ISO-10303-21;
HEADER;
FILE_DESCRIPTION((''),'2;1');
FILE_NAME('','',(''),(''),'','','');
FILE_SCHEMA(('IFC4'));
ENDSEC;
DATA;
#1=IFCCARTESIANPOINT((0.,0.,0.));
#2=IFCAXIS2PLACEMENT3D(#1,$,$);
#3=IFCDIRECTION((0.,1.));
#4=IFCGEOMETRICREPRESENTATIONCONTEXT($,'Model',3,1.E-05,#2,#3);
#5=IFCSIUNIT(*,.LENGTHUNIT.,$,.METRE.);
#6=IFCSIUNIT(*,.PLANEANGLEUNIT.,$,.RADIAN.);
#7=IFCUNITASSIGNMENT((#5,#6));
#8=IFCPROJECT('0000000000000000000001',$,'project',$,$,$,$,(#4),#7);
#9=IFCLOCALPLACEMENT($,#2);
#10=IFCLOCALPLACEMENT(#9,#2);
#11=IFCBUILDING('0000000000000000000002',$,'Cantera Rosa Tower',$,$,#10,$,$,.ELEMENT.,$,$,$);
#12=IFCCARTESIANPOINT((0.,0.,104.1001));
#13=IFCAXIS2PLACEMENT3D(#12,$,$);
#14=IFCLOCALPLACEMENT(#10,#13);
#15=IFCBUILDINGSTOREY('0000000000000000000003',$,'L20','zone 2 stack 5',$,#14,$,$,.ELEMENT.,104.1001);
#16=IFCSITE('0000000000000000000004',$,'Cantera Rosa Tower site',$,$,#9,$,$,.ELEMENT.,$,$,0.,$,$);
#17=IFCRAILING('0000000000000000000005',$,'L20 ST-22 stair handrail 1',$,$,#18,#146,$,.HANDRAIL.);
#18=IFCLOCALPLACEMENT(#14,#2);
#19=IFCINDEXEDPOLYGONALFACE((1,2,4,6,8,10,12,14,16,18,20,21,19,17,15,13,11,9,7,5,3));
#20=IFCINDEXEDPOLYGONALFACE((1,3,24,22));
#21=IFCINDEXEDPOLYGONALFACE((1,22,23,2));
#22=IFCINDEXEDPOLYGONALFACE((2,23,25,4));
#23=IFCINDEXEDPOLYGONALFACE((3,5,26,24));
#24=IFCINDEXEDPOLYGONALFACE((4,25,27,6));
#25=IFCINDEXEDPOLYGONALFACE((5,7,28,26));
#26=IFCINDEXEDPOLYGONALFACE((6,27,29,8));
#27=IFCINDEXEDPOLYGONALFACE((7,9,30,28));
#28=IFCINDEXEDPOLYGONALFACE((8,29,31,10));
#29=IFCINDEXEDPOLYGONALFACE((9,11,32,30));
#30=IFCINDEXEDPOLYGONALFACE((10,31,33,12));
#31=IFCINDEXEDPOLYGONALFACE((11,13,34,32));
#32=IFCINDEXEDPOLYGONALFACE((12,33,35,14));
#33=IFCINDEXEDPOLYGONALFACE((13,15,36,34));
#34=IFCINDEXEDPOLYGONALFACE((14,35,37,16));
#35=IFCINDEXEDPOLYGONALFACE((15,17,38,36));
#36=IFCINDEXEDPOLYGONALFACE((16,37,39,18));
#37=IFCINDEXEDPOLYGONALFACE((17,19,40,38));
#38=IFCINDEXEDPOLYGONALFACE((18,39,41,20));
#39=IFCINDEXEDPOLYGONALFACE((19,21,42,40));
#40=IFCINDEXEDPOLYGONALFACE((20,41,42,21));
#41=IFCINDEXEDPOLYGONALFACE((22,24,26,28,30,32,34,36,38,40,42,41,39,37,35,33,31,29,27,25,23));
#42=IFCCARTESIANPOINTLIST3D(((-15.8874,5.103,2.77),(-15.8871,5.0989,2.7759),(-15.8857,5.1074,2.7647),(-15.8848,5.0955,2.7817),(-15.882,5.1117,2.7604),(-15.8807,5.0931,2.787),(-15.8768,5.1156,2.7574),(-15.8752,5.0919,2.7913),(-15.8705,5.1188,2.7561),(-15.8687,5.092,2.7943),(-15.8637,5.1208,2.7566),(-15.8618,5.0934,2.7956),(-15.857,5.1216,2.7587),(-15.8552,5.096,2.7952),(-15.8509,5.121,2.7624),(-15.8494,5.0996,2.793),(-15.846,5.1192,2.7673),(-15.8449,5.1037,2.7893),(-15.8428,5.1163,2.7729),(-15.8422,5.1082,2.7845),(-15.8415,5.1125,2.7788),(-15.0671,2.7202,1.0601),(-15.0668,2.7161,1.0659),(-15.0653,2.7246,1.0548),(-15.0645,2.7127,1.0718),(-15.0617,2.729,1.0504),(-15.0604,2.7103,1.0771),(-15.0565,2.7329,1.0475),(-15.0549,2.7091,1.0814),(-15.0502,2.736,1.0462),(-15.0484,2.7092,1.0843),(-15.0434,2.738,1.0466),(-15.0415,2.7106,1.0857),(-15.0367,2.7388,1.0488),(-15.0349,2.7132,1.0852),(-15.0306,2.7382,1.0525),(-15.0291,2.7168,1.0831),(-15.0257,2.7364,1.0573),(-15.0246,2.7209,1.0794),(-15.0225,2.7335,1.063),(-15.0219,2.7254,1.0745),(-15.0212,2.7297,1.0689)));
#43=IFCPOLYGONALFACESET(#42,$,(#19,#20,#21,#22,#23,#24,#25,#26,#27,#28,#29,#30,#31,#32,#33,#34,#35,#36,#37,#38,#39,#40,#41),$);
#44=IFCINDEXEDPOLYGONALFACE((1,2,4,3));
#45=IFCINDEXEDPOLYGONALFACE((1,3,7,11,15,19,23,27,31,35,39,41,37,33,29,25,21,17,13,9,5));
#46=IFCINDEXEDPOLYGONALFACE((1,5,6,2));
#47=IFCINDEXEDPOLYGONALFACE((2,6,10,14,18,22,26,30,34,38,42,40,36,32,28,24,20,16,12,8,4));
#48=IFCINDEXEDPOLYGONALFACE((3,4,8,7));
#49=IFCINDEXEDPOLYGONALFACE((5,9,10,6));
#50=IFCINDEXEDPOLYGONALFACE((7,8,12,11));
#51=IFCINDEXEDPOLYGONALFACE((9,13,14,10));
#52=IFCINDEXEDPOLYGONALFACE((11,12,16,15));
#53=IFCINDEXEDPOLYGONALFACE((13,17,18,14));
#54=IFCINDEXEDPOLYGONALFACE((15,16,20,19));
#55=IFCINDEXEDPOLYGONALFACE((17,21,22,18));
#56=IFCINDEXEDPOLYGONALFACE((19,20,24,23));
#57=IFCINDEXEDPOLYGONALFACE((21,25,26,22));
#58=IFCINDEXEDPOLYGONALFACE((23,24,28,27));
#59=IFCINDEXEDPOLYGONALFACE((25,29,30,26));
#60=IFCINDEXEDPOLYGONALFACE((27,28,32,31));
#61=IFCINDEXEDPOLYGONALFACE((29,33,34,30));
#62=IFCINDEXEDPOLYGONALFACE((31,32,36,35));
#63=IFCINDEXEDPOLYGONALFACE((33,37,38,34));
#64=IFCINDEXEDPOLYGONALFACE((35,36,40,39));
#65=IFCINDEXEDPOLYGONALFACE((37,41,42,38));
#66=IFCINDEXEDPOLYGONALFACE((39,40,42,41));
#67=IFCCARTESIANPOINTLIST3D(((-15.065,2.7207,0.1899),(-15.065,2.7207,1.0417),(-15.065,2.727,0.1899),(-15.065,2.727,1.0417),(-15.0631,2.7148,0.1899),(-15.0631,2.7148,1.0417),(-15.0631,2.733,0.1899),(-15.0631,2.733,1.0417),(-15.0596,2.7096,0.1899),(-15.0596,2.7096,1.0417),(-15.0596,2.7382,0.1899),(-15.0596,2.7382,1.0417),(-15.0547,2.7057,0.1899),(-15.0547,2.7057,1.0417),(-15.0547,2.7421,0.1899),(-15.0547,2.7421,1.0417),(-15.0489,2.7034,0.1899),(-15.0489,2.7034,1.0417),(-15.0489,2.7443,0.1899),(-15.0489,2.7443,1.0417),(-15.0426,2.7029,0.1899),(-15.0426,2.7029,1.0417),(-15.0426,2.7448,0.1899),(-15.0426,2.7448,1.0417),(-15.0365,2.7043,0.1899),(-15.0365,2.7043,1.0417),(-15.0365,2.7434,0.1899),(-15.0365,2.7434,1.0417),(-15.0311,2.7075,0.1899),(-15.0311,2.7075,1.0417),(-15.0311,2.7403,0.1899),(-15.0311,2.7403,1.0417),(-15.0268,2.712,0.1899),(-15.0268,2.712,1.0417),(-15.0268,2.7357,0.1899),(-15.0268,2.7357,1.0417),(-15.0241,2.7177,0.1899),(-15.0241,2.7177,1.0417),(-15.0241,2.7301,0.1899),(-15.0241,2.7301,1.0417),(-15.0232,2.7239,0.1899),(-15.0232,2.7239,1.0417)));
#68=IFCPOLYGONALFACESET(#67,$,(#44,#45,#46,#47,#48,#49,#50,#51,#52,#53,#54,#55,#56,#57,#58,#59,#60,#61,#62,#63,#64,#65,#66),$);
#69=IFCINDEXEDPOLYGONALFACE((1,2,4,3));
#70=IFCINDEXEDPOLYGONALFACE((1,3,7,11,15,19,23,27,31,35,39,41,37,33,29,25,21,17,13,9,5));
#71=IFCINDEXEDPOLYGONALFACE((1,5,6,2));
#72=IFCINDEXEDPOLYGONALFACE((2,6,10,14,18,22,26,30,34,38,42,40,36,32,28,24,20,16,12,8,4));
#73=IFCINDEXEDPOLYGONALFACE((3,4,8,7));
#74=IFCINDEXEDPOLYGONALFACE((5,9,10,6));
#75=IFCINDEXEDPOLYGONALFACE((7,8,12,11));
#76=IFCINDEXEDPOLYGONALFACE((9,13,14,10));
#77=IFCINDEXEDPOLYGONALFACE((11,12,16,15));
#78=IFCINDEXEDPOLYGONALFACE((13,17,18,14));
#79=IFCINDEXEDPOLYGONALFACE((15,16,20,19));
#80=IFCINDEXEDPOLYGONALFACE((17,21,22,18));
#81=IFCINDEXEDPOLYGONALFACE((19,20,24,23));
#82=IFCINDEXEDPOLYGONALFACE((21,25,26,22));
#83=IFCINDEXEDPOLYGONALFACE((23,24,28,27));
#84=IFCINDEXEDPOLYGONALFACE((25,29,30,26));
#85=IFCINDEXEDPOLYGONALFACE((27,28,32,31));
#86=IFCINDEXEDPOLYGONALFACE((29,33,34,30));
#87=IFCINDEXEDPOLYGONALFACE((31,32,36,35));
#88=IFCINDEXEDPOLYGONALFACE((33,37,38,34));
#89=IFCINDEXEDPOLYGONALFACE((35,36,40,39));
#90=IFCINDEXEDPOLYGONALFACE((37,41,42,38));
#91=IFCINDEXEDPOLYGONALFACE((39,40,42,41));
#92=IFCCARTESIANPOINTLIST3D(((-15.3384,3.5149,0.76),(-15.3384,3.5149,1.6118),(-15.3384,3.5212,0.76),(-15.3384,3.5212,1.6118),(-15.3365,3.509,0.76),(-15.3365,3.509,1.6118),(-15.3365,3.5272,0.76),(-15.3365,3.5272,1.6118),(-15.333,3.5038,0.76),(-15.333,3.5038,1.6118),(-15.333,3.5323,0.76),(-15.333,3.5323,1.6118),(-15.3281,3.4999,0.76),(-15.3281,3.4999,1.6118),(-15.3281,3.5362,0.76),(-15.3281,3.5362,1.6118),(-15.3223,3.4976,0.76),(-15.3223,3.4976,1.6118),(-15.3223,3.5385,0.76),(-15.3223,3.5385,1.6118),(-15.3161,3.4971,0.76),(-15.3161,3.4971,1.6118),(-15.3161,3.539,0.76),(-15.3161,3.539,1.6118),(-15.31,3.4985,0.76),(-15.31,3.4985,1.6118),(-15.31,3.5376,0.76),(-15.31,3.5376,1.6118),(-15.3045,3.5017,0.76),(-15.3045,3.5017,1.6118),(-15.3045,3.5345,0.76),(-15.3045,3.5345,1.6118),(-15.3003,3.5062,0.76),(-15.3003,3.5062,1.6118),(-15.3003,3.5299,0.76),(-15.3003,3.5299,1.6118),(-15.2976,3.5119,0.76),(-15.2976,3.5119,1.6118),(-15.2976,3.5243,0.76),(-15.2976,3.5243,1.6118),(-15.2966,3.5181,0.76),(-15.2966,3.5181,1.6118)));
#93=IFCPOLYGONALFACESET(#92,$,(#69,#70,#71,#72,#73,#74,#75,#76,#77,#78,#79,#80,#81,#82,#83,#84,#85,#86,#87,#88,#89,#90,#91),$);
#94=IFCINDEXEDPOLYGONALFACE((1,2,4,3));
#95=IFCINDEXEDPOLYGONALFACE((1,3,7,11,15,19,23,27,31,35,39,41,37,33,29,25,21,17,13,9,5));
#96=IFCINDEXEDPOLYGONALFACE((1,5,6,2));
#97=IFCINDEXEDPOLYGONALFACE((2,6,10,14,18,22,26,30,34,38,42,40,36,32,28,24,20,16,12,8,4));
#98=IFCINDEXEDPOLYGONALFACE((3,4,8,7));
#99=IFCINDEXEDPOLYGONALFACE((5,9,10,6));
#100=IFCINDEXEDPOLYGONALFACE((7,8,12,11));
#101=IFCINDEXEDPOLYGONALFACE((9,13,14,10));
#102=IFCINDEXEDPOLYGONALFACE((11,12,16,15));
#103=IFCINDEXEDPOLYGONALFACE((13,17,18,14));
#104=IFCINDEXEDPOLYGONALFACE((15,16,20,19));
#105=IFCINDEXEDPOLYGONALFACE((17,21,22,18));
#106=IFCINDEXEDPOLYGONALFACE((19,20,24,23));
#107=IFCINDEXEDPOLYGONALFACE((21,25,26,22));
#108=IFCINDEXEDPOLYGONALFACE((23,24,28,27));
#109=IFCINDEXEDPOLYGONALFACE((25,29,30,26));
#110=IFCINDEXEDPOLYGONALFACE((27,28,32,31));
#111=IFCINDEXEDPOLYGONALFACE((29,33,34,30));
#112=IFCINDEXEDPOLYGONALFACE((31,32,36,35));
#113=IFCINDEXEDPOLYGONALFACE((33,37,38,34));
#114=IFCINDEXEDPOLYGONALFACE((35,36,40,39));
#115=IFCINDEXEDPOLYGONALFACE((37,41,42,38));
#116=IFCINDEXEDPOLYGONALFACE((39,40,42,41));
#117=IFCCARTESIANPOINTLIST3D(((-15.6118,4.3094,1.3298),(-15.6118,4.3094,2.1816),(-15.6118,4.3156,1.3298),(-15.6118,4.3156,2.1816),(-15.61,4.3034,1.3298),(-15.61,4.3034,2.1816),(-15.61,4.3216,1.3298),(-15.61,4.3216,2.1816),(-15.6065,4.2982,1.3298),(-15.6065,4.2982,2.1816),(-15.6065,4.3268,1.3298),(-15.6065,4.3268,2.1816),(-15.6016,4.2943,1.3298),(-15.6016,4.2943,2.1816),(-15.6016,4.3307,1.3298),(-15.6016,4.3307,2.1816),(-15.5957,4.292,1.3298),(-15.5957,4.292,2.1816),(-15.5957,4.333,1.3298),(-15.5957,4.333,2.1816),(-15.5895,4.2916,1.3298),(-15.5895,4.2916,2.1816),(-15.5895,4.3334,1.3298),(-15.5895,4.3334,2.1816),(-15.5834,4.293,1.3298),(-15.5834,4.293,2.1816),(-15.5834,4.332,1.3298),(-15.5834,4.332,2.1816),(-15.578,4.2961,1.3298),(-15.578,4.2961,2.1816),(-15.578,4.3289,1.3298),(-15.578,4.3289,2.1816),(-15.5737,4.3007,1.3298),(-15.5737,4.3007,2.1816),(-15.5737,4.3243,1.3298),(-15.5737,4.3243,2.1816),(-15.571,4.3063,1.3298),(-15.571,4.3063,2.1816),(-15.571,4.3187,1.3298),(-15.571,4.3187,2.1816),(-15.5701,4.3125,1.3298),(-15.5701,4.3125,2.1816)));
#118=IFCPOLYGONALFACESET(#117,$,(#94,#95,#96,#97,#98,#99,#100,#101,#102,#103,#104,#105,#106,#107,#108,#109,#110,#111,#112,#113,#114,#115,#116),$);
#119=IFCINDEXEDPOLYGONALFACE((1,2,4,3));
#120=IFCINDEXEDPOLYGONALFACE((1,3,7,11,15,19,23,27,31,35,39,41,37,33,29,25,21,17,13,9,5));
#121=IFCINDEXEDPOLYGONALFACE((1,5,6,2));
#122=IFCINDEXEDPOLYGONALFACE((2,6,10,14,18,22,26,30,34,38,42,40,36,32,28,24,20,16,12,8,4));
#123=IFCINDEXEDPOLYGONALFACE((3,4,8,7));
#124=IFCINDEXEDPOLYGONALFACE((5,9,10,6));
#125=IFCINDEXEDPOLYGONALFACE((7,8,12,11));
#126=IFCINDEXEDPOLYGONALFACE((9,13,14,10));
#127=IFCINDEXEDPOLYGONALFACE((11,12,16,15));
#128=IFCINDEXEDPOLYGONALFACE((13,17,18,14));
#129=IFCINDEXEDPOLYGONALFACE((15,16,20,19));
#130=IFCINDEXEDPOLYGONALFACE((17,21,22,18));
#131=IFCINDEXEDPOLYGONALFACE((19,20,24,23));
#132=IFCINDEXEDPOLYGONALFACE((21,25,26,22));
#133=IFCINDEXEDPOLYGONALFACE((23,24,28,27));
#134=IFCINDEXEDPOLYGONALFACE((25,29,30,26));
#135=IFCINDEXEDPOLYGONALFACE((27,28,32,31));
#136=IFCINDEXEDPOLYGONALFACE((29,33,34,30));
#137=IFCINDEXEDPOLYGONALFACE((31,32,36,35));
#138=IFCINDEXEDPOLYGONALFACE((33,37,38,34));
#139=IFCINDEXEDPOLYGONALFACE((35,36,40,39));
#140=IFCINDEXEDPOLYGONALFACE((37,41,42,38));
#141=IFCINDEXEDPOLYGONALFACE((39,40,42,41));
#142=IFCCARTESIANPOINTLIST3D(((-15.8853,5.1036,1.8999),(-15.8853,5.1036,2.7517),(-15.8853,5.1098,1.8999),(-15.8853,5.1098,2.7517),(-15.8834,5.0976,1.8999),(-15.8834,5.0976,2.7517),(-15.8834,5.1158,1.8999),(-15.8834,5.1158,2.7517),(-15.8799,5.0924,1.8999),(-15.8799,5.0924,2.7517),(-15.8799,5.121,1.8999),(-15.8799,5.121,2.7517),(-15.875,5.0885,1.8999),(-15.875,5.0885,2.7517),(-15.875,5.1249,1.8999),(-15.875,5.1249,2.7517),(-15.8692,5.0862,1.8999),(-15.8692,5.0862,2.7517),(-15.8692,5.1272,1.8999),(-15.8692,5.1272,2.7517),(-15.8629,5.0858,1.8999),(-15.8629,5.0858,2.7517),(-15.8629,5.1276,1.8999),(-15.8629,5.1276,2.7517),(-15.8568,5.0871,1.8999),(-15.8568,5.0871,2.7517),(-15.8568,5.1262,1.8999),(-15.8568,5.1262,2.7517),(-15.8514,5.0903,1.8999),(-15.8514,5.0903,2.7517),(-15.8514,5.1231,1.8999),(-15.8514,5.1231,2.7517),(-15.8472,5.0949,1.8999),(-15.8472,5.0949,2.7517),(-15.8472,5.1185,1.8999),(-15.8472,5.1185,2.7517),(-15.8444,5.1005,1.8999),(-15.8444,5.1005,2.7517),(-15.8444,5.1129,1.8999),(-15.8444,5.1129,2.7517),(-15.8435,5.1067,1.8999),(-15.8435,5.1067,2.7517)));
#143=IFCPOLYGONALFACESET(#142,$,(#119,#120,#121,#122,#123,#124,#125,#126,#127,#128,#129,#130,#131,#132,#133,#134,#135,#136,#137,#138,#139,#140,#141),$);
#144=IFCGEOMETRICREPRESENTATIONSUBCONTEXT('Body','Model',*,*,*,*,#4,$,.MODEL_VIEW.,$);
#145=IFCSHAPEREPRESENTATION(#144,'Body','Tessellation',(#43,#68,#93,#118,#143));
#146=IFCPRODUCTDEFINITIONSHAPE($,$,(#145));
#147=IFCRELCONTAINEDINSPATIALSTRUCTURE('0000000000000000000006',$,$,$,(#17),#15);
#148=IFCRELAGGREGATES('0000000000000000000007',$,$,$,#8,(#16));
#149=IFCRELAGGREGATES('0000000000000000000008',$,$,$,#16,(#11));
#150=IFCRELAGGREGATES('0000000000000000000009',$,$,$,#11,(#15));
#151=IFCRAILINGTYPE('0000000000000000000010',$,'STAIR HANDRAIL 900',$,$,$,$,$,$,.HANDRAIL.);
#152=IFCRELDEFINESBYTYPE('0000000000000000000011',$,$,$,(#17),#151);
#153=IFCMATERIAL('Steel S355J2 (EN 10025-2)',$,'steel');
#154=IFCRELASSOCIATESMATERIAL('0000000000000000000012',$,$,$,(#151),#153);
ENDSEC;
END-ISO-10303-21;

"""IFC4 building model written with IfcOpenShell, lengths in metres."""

from ifc_helpers import new_model, si_unit, direction, frame, origin, origin_2d, place, context, subcontext, project, spatial, circle, extrude, material, type_object, element, save


model = new_model("IFC4")

# Units and contexts
model_context = context("Model", 3, precision=1e-05, world=origin(), true_north=direction((0.0, 1.0)))
body_context = subcontext(model_context, "Body", "Model", "MODEL_VIEW")
ifc_project = project(units=[si_unit("LENGTHUNIT", "METRE"), si_unit("PLANEANGLEUNIT", "RADIAN")], contexts=[model_context])

# Site, building, storey
site_placement = place(None, origin())
site = spatial("IfcSite", under=ifc_project, at=site_placement, Name="Cantera Rosa Tower site", CompositionType="ELEMENT", RefElevation=0.0)
building_placement = place(site_placement, origin())
building = spatial("IfcBuilding", under=site, at=building_placement, Name="Cantera Rosa Tower", CompositionType="ELEMENT")
storey_placement = place(building_placement, frame((0.0, 0.0, 104.1001)))
storey = spatial("IfcBuildingStorey", under=building, at=storey_placement, Name="L20", Description="zone 2 stack 5", CompositionType="ELEMENT", Elevation=104.1001)

# Railing
ifc_material_1 = material(Name="Steel S355J2 (EN 10025-2)", Category="steel")
railing_type_1 = type_object("IfcRailingType", Name="STAIR HANDRAIL 900", PredefinedType="HANDRAIL", material=ifc_material_1)
railing_1_placement = place(storey_placement, frame((-15.0442, 2.7239, 0.1899)))
element("IfcRailing", 1, at=railing_1_placement, inside=storey, type_object=railing_type_1, Name="L20 ST-22 stair handrail 1", PredefinedType="HANDRAIL", context=body_context, shape_type="SweptSolid", body=[
    extrude(circle(Radius=0.0239, at=origin_2d()), frame((0.0, 0.0, 0.876), z_axis=(-0.269358, 0.782421, 0.561483), x_axis=(-0.945538, -0.325513, 0.0)), (0.0, 0.0, 1.0), 3.0454),
    extrude(circle(Radius=0.021, at=origin_2d()), origin(), (0.0, 0.0, 1.0), 0.8518),
    extrude(circle(Radius=0.021, at=origin_2d()), frame((-0.2734, 0.7942, 0.5701)), (0.0, 0.0, 1.0), 0.8518),
    extrude(circle(Radius=0.021, at=origin_2d()), frame((-0.5469, 1.5886, 1.1399)), (0.0, 0.0, 1.0), 0.8518),
    extrude(circle(Radius=0.021, at=origin_2d()), frame((-0.8203, 2.3828, 1.71)), (0.0, 0.0, 1.0), 0.8518),
])

save(model, "model.ifc")
